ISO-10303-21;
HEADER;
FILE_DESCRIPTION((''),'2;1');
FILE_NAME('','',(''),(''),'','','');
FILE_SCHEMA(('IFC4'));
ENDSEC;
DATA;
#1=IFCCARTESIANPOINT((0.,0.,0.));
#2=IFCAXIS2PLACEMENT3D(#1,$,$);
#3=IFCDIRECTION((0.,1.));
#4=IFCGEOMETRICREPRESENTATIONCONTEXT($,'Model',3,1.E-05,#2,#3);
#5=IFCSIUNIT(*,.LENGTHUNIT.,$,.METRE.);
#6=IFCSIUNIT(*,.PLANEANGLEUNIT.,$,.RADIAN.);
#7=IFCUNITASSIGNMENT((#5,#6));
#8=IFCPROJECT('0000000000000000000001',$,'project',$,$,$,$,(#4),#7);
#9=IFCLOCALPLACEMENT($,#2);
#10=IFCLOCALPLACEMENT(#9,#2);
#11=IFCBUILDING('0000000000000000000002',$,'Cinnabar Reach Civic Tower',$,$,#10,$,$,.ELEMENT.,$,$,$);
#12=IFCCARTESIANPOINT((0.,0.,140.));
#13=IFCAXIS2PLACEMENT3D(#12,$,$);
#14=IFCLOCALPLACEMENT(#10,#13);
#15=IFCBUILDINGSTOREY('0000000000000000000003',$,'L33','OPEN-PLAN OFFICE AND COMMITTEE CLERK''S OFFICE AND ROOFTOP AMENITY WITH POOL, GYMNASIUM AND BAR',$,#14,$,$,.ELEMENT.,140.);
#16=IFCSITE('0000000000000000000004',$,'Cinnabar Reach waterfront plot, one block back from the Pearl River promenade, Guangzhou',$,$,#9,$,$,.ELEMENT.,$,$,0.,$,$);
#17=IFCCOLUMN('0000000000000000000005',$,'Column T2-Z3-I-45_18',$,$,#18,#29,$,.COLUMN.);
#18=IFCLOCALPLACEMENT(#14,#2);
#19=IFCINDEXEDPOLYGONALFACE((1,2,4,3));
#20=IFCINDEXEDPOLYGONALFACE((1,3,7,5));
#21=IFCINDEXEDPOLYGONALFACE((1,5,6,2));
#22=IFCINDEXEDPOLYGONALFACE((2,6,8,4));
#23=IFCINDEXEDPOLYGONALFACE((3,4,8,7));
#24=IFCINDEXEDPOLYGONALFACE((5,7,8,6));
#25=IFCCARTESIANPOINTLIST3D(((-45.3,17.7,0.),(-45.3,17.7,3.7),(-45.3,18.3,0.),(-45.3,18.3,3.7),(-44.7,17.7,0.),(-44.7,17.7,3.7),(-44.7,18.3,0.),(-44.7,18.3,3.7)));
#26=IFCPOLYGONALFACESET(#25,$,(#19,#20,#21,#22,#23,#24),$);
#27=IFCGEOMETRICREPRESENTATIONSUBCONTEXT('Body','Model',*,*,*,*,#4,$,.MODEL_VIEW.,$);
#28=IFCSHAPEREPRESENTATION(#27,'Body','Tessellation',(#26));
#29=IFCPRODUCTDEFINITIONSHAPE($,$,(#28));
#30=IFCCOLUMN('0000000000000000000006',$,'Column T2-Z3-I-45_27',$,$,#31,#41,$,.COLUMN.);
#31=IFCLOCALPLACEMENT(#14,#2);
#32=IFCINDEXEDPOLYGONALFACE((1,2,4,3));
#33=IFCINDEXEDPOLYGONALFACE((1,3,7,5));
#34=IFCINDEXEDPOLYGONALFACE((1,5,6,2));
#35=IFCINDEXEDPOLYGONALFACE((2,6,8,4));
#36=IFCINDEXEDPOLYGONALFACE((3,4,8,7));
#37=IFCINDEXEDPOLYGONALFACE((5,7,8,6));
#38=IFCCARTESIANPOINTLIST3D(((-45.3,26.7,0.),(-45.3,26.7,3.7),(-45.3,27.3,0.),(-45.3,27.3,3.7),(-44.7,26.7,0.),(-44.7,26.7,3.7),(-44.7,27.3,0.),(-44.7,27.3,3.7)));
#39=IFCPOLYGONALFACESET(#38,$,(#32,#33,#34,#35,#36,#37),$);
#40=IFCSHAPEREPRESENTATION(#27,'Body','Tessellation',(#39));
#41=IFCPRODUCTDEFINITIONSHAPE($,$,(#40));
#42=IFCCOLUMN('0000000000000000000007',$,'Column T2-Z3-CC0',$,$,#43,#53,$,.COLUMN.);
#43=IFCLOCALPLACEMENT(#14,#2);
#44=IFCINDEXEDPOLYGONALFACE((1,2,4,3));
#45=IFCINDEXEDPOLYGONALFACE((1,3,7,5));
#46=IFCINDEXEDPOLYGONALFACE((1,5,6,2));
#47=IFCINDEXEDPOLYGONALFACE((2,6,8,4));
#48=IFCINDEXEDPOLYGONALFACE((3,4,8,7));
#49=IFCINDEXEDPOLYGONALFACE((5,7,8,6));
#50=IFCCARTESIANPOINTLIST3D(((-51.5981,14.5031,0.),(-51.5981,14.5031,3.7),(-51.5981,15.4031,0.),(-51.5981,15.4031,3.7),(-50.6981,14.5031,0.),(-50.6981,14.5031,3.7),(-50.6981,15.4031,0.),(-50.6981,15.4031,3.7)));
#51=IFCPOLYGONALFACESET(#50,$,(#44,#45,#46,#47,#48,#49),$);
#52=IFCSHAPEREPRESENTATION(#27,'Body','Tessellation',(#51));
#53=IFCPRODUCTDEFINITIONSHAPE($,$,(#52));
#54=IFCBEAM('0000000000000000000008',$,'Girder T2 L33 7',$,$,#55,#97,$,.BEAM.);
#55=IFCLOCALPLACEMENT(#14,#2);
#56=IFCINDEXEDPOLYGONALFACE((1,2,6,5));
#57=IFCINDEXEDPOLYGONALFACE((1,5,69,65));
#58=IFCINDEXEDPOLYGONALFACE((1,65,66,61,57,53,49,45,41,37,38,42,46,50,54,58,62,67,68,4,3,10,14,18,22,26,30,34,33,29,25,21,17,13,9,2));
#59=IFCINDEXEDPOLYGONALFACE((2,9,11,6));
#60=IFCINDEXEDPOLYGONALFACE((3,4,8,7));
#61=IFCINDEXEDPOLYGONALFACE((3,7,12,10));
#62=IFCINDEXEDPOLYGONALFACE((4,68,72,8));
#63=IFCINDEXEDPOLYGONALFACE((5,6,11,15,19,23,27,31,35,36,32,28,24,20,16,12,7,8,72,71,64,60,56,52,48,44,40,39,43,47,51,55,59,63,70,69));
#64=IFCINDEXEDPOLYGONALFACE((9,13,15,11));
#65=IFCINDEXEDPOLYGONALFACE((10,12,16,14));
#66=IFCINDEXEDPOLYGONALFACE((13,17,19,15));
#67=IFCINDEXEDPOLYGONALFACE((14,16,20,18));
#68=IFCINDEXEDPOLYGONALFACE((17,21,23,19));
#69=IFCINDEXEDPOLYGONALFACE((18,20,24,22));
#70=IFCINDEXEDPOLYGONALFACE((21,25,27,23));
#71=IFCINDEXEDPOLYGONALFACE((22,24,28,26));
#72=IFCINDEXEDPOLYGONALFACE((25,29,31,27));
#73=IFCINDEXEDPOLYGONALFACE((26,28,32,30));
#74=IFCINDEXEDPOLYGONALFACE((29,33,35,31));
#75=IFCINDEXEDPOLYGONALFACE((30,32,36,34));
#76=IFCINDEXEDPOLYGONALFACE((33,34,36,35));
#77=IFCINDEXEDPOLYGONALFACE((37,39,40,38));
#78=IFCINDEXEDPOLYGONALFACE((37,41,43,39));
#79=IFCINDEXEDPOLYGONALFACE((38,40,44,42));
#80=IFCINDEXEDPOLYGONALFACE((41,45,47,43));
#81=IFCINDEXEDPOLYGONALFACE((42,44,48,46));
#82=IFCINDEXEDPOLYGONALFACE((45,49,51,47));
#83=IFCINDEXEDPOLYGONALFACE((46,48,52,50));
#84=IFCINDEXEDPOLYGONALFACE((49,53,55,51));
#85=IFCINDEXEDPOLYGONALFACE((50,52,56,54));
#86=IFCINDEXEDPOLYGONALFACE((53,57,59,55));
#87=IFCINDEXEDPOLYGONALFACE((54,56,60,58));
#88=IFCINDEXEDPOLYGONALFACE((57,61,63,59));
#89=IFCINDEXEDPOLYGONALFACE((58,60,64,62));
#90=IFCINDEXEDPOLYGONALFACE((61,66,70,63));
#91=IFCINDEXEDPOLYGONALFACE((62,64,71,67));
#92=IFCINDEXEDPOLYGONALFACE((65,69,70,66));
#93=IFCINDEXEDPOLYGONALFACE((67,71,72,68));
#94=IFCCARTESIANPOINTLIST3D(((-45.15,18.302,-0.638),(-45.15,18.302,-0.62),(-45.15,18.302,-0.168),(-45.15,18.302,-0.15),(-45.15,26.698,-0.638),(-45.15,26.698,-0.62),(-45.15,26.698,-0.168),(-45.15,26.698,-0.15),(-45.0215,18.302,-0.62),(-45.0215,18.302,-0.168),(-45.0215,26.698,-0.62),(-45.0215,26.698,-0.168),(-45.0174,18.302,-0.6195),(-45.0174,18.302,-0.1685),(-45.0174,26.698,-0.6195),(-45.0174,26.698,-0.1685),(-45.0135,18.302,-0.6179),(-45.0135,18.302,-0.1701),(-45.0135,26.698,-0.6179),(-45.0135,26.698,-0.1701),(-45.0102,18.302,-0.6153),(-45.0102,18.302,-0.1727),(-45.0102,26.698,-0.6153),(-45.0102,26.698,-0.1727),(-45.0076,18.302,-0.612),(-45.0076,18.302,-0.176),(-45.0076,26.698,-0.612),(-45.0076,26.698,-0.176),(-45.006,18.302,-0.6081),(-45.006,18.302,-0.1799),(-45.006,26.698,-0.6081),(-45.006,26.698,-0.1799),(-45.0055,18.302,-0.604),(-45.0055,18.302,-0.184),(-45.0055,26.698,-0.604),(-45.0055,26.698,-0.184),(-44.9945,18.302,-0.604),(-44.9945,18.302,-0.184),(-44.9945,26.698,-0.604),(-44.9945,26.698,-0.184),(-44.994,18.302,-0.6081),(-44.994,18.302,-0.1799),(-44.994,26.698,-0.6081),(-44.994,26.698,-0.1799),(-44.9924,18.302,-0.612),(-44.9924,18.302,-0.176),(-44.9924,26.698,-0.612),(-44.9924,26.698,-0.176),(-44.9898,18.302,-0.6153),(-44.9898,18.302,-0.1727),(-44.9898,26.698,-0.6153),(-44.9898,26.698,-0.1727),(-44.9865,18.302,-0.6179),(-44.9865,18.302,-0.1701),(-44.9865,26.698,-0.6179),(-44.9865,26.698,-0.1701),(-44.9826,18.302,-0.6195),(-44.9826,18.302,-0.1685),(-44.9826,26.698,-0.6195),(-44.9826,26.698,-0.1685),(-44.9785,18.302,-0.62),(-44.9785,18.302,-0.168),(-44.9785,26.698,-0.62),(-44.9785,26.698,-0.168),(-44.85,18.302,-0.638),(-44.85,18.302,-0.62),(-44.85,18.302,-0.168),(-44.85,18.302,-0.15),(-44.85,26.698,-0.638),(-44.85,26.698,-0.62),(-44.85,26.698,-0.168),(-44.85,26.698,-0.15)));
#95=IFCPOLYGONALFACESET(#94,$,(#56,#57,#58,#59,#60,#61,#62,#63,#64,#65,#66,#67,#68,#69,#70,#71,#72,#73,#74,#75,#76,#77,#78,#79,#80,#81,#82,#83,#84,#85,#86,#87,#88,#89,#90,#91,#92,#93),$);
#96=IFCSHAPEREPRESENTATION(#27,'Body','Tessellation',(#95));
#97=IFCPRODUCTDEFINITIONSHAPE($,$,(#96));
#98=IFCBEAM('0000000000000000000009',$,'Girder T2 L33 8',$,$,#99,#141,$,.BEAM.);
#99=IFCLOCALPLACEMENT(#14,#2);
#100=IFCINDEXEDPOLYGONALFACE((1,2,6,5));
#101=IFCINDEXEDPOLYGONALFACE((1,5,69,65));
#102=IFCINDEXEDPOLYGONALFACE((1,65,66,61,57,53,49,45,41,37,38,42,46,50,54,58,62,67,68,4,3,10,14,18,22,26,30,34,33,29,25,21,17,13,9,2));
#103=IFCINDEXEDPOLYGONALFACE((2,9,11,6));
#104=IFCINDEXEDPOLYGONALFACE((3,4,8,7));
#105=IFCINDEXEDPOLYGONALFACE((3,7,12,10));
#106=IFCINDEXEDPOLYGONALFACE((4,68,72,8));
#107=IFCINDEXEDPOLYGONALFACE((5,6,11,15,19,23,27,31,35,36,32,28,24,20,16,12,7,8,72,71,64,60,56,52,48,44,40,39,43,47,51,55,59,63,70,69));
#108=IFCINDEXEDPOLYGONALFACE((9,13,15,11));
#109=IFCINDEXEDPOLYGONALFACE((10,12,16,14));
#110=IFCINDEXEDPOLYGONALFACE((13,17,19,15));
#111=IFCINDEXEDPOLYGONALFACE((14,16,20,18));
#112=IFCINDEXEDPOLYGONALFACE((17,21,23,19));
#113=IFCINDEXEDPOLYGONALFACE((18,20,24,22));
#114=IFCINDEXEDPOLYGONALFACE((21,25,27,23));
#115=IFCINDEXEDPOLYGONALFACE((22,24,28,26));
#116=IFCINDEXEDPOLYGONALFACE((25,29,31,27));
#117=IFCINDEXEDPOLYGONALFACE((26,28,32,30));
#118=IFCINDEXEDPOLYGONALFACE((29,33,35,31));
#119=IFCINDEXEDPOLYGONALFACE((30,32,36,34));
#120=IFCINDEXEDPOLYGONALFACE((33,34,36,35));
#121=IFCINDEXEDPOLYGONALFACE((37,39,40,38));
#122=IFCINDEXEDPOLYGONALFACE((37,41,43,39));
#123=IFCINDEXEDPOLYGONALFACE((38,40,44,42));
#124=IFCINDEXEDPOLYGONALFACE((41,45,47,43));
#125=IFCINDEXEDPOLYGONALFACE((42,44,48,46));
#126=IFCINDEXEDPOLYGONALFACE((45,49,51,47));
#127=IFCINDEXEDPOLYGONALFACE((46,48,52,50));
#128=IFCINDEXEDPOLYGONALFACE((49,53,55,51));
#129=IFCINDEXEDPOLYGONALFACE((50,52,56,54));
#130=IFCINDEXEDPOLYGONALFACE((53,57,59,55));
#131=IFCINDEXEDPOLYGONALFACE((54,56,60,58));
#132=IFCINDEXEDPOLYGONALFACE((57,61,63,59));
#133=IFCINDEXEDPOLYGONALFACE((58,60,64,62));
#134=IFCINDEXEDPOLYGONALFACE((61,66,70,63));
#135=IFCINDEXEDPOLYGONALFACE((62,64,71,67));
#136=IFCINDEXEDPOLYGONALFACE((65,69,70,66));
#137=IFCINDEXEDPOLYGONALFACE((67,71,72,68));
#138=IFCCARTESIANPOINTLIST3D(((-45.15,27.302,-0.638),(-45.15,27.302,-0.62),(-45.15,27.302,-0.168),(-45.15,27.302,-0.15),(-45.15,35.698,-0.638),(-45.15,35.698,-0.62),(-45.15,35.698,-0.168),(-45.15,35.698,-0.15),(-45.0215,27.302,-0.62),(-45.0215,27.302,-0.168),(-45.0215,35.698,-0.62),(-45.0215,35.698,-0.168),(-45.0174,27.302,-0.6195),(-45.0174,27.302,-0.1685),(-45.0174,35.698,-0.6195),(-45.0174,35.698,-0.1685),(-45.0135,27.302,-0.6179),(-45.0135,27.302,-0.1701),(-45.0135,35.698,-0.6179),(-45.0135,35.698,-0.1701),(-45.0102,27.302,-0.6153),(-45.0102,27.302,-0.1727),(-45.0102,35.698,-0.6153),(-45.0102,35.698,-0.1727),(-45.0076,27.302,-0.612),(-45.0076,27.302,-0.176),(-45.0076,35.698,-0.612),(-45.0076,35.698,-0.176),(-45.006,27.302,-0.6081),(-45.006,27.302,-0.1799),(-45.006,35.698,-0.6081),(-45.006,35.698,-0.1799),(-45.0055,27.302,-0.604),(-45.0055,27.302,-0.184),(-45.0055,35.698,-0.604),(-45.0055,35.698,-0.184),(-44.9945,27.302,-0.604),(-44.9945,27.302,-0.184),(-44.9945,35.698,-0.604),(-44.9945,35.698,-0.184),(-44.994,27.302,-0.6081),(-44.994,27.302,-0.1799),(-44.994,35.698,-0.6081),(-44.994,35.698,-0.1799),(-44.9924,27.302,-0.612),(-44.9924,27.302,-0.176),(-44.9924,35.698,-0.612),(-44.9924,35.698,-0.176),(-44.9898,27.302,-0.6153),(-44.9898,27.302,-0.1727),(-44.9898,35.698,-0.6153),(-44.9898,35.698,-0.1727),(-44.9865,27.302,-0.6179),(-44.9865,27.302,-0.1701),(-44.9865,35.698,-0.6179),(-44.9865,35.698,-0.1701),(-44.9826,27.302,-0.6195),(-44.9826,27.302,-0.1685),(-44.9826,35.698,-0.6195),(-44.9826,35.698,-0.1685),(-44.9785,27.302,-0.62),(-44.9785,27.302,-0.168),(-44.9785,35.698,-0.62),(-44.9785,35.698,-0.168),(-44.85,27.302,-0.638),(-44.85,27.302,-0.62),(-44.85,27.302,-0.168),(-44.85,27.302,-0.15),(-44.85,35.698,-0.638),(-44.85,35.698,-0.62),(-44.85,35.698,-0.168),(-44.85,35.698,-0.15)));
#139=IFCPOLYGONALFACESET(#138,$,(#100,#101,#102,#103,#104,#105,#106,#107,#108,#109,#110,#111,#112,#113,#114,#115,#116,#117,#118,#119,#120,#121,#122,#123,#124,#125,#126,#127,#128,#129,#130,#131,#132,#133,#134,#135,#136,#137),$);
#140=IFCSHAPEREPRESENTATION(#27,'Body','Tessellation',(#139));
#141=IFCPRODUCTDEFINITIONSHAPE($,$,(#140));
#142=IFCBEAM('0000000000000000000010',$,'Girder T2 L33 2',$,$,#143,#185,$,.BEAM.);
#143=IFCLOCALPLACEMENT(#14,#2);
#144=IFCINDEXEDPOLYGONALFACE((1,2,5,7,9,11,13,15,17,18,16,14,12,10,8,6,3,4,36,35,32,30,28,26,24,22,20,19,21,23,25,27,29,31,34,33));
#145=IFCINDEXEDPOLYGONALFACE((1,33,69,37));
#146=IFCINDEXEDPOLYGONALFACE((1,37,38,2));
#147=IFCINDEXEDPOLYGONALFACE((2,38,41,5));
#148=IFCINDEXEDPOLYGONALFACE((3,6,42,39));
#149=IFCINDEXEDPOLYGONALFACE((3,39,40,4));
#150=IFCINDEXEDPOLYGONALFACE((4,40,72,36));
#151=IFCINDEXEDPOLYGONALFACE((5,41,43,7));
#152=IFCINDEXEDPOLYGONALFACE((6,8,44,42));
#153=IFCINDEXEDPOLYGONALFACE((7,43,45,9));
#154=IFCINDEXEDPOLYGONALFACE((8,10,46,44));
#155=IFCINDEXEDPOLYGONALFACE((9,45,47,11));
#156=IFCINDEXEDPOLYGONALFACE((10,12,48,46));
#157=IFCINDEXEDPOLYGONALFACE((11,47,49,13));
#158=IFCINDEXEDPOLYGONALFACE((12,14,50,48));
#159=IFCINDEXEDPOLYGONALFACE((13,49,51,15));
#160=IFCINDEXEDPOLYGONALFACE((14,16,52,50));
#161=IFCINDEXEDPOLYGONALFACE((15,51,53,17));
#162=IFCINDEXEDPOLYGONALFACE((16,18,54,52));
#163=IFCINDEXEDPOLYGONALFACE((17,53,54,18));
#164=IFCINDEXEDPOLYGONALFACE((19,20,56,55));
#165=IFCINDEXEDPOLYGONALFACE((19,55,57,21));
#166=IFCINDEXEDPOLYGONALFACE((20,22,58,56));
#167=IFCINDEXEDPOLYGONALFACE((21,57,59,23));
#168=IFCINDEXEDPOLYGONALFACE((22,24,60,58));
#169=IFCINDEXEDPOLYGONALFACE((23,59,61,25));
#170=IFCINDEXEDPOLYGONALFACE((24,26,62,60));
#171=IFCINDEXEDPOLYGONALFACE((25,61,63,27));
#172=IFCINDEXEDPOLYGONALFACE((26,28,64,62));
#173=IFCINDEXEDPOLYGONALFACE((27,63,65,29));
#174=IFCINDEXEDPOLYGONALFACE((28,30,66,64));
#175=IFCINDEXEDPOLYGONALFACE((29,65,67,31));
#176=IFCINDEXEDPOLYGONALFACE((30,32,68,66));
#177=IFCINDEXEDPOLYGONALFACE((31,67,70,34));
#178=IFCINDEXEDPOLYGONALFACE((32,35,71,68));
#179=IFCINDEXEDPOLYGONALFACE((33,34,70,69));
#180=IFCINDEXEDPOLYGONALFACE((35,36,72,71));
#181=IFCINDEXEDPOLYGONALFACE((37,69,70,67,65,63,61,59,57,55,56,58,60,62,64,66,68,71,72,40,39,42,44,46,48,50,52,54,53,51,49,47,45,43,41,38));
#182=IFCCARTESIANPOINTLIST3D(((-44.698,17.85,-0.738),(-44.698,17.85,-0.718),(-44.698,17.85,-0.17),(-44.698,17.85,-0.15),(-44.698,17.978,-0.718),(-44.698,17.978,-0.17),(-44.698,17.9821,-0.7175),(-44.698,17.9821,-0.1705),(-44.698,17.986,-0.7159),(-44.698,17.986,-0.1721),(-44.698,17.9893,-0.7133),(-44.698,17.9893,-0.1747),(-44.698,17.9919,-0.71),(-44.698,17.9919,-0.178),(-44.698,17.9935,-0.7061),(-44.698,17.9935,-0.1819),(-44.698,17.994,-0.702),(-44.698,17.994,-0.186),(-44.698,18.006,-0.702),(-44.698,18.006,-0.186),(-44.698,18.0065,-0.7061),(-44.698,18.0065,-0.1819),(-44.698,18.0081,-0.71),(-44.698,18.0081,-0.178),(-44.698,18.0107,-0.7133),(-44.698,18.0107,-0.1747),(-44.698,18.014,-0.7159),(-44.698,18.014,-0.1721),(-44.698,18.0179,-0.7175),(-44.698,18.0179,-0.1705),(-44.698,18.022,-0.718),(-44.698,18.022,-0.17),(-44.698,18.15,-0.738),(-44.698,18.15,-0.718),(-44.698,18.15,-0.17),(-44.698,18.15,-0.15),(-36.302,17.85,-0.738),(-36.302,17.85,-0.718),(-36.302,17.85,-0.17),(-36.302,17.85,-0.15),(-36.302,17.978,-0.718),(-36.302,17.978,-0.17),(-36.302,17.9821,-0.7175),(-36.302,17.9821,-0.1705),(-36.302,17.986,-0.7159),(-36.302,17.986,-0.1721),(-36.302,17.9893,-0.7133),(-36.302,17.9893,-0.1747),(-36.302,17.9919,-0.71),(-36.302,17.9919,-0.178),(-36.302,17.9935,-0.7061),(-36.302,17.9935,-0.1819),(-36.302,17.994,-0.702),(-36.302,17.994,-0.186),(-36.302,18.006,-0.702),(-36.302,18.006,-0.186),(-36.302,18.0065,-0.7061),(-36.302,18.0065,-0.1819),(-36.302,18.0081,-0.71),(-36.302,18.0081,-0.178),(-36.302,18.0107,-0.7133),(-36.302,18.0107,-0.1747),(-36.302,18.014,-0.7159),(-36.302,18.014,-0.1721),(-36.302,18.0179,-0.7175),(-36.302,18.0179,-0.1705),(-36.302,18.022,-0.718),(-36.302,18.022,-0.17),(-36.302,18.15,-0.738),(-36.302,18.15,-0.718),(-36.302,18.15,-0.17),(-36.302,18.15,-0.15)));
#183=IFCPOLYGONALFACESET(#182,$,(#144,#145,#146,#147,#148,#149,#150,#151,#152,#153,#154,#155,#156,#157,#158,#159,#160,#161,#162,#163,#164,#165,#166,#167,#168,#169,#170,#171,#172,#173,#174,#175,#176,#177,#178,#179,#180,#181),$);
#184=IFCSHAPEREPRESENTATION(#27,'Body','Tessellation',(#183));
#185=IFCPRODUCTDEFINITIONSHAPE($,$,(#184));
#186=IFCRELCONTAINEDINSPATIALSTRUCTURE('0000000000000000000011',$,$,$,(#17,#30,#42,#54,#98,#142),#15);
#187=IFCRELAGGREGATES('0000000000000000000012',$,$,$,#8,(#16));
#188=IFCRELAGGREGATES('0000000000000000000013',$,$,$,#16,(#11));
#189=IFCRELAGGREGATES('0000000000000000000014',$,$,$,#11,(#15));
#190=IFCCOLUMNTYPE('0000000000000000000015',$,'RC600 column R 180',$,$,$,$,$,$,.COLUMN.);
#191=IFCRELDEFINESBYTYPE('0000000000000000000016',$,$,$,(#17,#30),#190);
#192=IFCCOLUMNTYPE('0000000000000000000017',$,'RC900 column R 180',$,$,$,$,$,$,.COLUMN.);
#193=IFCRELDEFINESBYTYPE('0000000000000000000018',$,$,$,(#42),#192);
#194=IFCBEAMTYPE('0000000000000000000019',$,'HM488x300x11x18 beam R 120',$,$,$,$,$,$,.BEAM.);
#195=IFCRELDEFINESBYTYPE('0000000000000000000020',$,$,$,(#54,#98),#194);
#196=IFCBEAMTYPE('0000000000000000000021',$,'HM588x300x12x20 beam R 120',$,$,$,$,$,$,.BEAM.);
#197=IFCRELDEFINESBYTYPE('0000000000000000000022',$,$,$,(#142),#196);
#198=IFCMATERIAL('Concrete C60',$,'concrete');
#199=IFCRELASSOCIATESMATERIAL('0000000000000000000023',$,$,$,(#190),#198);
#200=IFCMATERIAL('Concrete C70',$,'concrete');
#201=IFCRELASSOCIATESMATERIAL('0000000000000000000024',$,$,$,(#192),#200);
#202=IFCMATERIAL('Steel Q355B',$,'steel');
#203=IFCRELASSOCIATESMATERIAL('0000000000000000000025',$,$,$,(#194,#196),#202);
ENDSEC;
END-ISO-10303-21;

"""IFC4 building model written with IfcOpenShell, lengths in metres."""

from ifc_helpers import new_model, si_unit, direction, frame, origin, origin_2d, place, context, subcontext, project, spatial, rectangle, i_section, extrude, material, material_profile, profile_set, type_object, element, save


model = new_model("IFC4")

# Units and contexts
model_context = context("Model", 3, precision=1e-05, world=origin(), true_north=direction((0.0, 1.0)))
body_context = subcontext(model_context, "Body", "Model", "MODEL_VIEW")
ifc_project = project(units=[si_unit("LENGTHUNIT", "METRE"), si_unit("PLANEANGLEUNIT", "RADIAN")], contexts=[model_context])

# Site, building, storey
site_placement = place(None, origin())
site = spatial("IfcSite", under=ifc_project, at=site_placement, Name="Cinnabar Reach waterfront plot, one block back from the Pearl River promenade, Guangzhou", CompositionType="ELEMENT", RefElevation=0.0)
building_placement = place(site_placement, origin())
building = spatial("IfcBuilding", under=site, at=building_placement, Name="Cinnabar Reach Civic Tower", CompositionType="ELEMENT")
storey_placement = place(building_placement, frame((0.0, 0.0, 140.0)))
storey = spatial("IfcBuildingStorey", under=building, at=storey_placement, Name="L33", Description="OPEN-PLAN OFFICE AND COMMITTEE CLERK'S OFFICE AND ROOFTOP AMENITY WITH POOL, GYMNASIUM AND BAR", CompositionType="ELEMENT", Elevation=140.0)

# Columns
ifc_material_1 = material(Name="Concrete C60", Category="concrete")
ifc_material_profile_1 = material_profile(ifc_material_1, rectangle(XDim=0.6, YDim=0.6, at=origin_2d()), Name="RC600")
ifc_profile_set_1 = profile_set([ifc_material_profile_1], Name="Concrete C60")
column_type_1 = type_object("IfcColumnType", Name="RC600 column R 180", PredefinedType="COLUMN", material=ifc_profile_set_1)
for number, where, z_axis, x_axis, name in (
    (1, (-45.0, 18.0, 0.0), (0.0, 0.0, 1.0), (1.0, 0.0, 0.0), "Column T2-Z3-I-45_18"),
    (2, (-45.0, 27.0, 0.0), (0.0, 0.0, 1.0), (1.0, 0.0, 0.0), "Column T2-Z3-I-45_27"),
):
    element("IfcColumn", number, at=place(storey_placement, frame(where, z_axis=z_axis, x_axis=x_axis)), inside=storey, type_object=column_type_1, Name=name, PredefinedType="COLUMN", context=body_context, shape_type="SweptSolid", body=[
        extrude(rectangle(XDim=0.6, YDim=0.6, at=origin_2d()), origin(), (0.0, 0.0, 1.0), 3.7),
    ])
ifc_material_2 = material(Name="Concrete C70", Category="concrete")
ifc_material_profile_2 = material_profile(ifc_material_2, rectangle(XDim=0.9, YDim=0.9, at=origin_2d()), Name="RC900")
ifc_profile_set_2 = profile_set([ifc_material_profile_2], Name="Concrete C70")
column_type_2 = type_object("IfcColumnType", Name="RC900 column R 180", PredefinedType="COLUMN", material=ifc_profile_set_2)
column_placement = place(storey_placement, frame((-51.1481, 14.9531, 0.0), z_axis=(0.0, 0.0, 1.0), x_axis=(1.0, 0.0, 0.0)))
element("IfcColumn", 3, at=column_placement, inside=storey, type_object=column_type_2, Name="Column T2-Z3-CC0", PredefinedType="COLUMN", context=body_context, shape_type="SweptSolid", body=[
    extrude(rectangle(XDim=0.9, YDim=0.9, at=origin_2d()), origin(), (0.0, 0.0, 1.0), 3.7),
])

# Beams
ifc_material_3 = material(Name="Steel Q355B", Category="steel")
ifc_material_profile_3 = material_profile(ifc_material_3, i_section(OverallWidth=0.3, OverallDepth=0.488, WebThickness=0.011, FlangeThickness=0.018, FilletRadius=0.016, at=origin_2d()), Name="HM488x300x11x18")
ifc_profile_set_3 = profile_set([ifc_material_profile_3], Name="Steel Q355B")
beam_type_1 = type_object("IfcBeamType", Name="HM488x300x11x18 beam R 120", PredefinedType="BEAM", material=ifc_profile_set_3)
for number, where, z_axis, x_axis, name in (
    (4, (-45.0, 18.302, -0.394), (0.0, 1.0, 0.0), (-1.0, 0.0, 0.0), "Girder T2 L33 7"),
    (5, (-45.0, 27.302, -0.394), (0.0, 1.0, 0.0), (-1.0, 0.0, 0.0), "Girder T2 L33 8"),
):
    element("IfcBeam", number, at=place(storey_placement, frame(where, z_axis=z_axis, x_axis=x_axis)), inside=storey, type_object=beam_type_1, Name=name, PredefinedType="BEAM", context=body_context, shape_type="SweptSolid", body=[
        extrude(i_section(OverallWidth=0.3, OverallDepth=0.488, WebThickness=0.011, FlangeThickness=0.018, FilletRadius=0.016, at=origin_2d()), origin(), (0.0, 0.0, 1.0), 8.396),
    ])
ifc_material_profile_4 = material_profile(ifc_material_3, i_section(OverallWidth=0.3, OverallDepth=0.588, WebThickness=0.012, FlangeThickness=0.02, FilletRadius=0.016, at=origin_2d()), Name="HM588x300x12x20")
ifc_profile_set_4 = profile_set([ifc_material_profile_4], Name="Steel Q355B")
beam_type_2 = type_object("IfcBeamType", Name="HM588x300x12x20 beam R 120", PredefinedType="BEAM", material=ifc_profile_set_4)
beam_1_placement = place(storey_placement, frame((-44.698, 18.0, -0.444), z_axis=(1.0, 0.0, 0.0), x_axis=(0.0, 1.0, 0.0)))
element("IfcBeam", 6, at=beam_1_placement, inside=storey, type_object=beam_type_2, Name="Girder T2 L33 2", PredefinedType="BEAM", context=body_context, shape_type="SweptSolid", body=[
    extrude(i_section(OverallWidth=0.3, OverallDepth=0.588, WebThickness=0.012, FlangeThickness=0.02, FilletRadius=0.016, at=origin_2d()), origin(), (0.0, 0.0, 1.0), 8.396),
])

save(model, "model.ifc")
